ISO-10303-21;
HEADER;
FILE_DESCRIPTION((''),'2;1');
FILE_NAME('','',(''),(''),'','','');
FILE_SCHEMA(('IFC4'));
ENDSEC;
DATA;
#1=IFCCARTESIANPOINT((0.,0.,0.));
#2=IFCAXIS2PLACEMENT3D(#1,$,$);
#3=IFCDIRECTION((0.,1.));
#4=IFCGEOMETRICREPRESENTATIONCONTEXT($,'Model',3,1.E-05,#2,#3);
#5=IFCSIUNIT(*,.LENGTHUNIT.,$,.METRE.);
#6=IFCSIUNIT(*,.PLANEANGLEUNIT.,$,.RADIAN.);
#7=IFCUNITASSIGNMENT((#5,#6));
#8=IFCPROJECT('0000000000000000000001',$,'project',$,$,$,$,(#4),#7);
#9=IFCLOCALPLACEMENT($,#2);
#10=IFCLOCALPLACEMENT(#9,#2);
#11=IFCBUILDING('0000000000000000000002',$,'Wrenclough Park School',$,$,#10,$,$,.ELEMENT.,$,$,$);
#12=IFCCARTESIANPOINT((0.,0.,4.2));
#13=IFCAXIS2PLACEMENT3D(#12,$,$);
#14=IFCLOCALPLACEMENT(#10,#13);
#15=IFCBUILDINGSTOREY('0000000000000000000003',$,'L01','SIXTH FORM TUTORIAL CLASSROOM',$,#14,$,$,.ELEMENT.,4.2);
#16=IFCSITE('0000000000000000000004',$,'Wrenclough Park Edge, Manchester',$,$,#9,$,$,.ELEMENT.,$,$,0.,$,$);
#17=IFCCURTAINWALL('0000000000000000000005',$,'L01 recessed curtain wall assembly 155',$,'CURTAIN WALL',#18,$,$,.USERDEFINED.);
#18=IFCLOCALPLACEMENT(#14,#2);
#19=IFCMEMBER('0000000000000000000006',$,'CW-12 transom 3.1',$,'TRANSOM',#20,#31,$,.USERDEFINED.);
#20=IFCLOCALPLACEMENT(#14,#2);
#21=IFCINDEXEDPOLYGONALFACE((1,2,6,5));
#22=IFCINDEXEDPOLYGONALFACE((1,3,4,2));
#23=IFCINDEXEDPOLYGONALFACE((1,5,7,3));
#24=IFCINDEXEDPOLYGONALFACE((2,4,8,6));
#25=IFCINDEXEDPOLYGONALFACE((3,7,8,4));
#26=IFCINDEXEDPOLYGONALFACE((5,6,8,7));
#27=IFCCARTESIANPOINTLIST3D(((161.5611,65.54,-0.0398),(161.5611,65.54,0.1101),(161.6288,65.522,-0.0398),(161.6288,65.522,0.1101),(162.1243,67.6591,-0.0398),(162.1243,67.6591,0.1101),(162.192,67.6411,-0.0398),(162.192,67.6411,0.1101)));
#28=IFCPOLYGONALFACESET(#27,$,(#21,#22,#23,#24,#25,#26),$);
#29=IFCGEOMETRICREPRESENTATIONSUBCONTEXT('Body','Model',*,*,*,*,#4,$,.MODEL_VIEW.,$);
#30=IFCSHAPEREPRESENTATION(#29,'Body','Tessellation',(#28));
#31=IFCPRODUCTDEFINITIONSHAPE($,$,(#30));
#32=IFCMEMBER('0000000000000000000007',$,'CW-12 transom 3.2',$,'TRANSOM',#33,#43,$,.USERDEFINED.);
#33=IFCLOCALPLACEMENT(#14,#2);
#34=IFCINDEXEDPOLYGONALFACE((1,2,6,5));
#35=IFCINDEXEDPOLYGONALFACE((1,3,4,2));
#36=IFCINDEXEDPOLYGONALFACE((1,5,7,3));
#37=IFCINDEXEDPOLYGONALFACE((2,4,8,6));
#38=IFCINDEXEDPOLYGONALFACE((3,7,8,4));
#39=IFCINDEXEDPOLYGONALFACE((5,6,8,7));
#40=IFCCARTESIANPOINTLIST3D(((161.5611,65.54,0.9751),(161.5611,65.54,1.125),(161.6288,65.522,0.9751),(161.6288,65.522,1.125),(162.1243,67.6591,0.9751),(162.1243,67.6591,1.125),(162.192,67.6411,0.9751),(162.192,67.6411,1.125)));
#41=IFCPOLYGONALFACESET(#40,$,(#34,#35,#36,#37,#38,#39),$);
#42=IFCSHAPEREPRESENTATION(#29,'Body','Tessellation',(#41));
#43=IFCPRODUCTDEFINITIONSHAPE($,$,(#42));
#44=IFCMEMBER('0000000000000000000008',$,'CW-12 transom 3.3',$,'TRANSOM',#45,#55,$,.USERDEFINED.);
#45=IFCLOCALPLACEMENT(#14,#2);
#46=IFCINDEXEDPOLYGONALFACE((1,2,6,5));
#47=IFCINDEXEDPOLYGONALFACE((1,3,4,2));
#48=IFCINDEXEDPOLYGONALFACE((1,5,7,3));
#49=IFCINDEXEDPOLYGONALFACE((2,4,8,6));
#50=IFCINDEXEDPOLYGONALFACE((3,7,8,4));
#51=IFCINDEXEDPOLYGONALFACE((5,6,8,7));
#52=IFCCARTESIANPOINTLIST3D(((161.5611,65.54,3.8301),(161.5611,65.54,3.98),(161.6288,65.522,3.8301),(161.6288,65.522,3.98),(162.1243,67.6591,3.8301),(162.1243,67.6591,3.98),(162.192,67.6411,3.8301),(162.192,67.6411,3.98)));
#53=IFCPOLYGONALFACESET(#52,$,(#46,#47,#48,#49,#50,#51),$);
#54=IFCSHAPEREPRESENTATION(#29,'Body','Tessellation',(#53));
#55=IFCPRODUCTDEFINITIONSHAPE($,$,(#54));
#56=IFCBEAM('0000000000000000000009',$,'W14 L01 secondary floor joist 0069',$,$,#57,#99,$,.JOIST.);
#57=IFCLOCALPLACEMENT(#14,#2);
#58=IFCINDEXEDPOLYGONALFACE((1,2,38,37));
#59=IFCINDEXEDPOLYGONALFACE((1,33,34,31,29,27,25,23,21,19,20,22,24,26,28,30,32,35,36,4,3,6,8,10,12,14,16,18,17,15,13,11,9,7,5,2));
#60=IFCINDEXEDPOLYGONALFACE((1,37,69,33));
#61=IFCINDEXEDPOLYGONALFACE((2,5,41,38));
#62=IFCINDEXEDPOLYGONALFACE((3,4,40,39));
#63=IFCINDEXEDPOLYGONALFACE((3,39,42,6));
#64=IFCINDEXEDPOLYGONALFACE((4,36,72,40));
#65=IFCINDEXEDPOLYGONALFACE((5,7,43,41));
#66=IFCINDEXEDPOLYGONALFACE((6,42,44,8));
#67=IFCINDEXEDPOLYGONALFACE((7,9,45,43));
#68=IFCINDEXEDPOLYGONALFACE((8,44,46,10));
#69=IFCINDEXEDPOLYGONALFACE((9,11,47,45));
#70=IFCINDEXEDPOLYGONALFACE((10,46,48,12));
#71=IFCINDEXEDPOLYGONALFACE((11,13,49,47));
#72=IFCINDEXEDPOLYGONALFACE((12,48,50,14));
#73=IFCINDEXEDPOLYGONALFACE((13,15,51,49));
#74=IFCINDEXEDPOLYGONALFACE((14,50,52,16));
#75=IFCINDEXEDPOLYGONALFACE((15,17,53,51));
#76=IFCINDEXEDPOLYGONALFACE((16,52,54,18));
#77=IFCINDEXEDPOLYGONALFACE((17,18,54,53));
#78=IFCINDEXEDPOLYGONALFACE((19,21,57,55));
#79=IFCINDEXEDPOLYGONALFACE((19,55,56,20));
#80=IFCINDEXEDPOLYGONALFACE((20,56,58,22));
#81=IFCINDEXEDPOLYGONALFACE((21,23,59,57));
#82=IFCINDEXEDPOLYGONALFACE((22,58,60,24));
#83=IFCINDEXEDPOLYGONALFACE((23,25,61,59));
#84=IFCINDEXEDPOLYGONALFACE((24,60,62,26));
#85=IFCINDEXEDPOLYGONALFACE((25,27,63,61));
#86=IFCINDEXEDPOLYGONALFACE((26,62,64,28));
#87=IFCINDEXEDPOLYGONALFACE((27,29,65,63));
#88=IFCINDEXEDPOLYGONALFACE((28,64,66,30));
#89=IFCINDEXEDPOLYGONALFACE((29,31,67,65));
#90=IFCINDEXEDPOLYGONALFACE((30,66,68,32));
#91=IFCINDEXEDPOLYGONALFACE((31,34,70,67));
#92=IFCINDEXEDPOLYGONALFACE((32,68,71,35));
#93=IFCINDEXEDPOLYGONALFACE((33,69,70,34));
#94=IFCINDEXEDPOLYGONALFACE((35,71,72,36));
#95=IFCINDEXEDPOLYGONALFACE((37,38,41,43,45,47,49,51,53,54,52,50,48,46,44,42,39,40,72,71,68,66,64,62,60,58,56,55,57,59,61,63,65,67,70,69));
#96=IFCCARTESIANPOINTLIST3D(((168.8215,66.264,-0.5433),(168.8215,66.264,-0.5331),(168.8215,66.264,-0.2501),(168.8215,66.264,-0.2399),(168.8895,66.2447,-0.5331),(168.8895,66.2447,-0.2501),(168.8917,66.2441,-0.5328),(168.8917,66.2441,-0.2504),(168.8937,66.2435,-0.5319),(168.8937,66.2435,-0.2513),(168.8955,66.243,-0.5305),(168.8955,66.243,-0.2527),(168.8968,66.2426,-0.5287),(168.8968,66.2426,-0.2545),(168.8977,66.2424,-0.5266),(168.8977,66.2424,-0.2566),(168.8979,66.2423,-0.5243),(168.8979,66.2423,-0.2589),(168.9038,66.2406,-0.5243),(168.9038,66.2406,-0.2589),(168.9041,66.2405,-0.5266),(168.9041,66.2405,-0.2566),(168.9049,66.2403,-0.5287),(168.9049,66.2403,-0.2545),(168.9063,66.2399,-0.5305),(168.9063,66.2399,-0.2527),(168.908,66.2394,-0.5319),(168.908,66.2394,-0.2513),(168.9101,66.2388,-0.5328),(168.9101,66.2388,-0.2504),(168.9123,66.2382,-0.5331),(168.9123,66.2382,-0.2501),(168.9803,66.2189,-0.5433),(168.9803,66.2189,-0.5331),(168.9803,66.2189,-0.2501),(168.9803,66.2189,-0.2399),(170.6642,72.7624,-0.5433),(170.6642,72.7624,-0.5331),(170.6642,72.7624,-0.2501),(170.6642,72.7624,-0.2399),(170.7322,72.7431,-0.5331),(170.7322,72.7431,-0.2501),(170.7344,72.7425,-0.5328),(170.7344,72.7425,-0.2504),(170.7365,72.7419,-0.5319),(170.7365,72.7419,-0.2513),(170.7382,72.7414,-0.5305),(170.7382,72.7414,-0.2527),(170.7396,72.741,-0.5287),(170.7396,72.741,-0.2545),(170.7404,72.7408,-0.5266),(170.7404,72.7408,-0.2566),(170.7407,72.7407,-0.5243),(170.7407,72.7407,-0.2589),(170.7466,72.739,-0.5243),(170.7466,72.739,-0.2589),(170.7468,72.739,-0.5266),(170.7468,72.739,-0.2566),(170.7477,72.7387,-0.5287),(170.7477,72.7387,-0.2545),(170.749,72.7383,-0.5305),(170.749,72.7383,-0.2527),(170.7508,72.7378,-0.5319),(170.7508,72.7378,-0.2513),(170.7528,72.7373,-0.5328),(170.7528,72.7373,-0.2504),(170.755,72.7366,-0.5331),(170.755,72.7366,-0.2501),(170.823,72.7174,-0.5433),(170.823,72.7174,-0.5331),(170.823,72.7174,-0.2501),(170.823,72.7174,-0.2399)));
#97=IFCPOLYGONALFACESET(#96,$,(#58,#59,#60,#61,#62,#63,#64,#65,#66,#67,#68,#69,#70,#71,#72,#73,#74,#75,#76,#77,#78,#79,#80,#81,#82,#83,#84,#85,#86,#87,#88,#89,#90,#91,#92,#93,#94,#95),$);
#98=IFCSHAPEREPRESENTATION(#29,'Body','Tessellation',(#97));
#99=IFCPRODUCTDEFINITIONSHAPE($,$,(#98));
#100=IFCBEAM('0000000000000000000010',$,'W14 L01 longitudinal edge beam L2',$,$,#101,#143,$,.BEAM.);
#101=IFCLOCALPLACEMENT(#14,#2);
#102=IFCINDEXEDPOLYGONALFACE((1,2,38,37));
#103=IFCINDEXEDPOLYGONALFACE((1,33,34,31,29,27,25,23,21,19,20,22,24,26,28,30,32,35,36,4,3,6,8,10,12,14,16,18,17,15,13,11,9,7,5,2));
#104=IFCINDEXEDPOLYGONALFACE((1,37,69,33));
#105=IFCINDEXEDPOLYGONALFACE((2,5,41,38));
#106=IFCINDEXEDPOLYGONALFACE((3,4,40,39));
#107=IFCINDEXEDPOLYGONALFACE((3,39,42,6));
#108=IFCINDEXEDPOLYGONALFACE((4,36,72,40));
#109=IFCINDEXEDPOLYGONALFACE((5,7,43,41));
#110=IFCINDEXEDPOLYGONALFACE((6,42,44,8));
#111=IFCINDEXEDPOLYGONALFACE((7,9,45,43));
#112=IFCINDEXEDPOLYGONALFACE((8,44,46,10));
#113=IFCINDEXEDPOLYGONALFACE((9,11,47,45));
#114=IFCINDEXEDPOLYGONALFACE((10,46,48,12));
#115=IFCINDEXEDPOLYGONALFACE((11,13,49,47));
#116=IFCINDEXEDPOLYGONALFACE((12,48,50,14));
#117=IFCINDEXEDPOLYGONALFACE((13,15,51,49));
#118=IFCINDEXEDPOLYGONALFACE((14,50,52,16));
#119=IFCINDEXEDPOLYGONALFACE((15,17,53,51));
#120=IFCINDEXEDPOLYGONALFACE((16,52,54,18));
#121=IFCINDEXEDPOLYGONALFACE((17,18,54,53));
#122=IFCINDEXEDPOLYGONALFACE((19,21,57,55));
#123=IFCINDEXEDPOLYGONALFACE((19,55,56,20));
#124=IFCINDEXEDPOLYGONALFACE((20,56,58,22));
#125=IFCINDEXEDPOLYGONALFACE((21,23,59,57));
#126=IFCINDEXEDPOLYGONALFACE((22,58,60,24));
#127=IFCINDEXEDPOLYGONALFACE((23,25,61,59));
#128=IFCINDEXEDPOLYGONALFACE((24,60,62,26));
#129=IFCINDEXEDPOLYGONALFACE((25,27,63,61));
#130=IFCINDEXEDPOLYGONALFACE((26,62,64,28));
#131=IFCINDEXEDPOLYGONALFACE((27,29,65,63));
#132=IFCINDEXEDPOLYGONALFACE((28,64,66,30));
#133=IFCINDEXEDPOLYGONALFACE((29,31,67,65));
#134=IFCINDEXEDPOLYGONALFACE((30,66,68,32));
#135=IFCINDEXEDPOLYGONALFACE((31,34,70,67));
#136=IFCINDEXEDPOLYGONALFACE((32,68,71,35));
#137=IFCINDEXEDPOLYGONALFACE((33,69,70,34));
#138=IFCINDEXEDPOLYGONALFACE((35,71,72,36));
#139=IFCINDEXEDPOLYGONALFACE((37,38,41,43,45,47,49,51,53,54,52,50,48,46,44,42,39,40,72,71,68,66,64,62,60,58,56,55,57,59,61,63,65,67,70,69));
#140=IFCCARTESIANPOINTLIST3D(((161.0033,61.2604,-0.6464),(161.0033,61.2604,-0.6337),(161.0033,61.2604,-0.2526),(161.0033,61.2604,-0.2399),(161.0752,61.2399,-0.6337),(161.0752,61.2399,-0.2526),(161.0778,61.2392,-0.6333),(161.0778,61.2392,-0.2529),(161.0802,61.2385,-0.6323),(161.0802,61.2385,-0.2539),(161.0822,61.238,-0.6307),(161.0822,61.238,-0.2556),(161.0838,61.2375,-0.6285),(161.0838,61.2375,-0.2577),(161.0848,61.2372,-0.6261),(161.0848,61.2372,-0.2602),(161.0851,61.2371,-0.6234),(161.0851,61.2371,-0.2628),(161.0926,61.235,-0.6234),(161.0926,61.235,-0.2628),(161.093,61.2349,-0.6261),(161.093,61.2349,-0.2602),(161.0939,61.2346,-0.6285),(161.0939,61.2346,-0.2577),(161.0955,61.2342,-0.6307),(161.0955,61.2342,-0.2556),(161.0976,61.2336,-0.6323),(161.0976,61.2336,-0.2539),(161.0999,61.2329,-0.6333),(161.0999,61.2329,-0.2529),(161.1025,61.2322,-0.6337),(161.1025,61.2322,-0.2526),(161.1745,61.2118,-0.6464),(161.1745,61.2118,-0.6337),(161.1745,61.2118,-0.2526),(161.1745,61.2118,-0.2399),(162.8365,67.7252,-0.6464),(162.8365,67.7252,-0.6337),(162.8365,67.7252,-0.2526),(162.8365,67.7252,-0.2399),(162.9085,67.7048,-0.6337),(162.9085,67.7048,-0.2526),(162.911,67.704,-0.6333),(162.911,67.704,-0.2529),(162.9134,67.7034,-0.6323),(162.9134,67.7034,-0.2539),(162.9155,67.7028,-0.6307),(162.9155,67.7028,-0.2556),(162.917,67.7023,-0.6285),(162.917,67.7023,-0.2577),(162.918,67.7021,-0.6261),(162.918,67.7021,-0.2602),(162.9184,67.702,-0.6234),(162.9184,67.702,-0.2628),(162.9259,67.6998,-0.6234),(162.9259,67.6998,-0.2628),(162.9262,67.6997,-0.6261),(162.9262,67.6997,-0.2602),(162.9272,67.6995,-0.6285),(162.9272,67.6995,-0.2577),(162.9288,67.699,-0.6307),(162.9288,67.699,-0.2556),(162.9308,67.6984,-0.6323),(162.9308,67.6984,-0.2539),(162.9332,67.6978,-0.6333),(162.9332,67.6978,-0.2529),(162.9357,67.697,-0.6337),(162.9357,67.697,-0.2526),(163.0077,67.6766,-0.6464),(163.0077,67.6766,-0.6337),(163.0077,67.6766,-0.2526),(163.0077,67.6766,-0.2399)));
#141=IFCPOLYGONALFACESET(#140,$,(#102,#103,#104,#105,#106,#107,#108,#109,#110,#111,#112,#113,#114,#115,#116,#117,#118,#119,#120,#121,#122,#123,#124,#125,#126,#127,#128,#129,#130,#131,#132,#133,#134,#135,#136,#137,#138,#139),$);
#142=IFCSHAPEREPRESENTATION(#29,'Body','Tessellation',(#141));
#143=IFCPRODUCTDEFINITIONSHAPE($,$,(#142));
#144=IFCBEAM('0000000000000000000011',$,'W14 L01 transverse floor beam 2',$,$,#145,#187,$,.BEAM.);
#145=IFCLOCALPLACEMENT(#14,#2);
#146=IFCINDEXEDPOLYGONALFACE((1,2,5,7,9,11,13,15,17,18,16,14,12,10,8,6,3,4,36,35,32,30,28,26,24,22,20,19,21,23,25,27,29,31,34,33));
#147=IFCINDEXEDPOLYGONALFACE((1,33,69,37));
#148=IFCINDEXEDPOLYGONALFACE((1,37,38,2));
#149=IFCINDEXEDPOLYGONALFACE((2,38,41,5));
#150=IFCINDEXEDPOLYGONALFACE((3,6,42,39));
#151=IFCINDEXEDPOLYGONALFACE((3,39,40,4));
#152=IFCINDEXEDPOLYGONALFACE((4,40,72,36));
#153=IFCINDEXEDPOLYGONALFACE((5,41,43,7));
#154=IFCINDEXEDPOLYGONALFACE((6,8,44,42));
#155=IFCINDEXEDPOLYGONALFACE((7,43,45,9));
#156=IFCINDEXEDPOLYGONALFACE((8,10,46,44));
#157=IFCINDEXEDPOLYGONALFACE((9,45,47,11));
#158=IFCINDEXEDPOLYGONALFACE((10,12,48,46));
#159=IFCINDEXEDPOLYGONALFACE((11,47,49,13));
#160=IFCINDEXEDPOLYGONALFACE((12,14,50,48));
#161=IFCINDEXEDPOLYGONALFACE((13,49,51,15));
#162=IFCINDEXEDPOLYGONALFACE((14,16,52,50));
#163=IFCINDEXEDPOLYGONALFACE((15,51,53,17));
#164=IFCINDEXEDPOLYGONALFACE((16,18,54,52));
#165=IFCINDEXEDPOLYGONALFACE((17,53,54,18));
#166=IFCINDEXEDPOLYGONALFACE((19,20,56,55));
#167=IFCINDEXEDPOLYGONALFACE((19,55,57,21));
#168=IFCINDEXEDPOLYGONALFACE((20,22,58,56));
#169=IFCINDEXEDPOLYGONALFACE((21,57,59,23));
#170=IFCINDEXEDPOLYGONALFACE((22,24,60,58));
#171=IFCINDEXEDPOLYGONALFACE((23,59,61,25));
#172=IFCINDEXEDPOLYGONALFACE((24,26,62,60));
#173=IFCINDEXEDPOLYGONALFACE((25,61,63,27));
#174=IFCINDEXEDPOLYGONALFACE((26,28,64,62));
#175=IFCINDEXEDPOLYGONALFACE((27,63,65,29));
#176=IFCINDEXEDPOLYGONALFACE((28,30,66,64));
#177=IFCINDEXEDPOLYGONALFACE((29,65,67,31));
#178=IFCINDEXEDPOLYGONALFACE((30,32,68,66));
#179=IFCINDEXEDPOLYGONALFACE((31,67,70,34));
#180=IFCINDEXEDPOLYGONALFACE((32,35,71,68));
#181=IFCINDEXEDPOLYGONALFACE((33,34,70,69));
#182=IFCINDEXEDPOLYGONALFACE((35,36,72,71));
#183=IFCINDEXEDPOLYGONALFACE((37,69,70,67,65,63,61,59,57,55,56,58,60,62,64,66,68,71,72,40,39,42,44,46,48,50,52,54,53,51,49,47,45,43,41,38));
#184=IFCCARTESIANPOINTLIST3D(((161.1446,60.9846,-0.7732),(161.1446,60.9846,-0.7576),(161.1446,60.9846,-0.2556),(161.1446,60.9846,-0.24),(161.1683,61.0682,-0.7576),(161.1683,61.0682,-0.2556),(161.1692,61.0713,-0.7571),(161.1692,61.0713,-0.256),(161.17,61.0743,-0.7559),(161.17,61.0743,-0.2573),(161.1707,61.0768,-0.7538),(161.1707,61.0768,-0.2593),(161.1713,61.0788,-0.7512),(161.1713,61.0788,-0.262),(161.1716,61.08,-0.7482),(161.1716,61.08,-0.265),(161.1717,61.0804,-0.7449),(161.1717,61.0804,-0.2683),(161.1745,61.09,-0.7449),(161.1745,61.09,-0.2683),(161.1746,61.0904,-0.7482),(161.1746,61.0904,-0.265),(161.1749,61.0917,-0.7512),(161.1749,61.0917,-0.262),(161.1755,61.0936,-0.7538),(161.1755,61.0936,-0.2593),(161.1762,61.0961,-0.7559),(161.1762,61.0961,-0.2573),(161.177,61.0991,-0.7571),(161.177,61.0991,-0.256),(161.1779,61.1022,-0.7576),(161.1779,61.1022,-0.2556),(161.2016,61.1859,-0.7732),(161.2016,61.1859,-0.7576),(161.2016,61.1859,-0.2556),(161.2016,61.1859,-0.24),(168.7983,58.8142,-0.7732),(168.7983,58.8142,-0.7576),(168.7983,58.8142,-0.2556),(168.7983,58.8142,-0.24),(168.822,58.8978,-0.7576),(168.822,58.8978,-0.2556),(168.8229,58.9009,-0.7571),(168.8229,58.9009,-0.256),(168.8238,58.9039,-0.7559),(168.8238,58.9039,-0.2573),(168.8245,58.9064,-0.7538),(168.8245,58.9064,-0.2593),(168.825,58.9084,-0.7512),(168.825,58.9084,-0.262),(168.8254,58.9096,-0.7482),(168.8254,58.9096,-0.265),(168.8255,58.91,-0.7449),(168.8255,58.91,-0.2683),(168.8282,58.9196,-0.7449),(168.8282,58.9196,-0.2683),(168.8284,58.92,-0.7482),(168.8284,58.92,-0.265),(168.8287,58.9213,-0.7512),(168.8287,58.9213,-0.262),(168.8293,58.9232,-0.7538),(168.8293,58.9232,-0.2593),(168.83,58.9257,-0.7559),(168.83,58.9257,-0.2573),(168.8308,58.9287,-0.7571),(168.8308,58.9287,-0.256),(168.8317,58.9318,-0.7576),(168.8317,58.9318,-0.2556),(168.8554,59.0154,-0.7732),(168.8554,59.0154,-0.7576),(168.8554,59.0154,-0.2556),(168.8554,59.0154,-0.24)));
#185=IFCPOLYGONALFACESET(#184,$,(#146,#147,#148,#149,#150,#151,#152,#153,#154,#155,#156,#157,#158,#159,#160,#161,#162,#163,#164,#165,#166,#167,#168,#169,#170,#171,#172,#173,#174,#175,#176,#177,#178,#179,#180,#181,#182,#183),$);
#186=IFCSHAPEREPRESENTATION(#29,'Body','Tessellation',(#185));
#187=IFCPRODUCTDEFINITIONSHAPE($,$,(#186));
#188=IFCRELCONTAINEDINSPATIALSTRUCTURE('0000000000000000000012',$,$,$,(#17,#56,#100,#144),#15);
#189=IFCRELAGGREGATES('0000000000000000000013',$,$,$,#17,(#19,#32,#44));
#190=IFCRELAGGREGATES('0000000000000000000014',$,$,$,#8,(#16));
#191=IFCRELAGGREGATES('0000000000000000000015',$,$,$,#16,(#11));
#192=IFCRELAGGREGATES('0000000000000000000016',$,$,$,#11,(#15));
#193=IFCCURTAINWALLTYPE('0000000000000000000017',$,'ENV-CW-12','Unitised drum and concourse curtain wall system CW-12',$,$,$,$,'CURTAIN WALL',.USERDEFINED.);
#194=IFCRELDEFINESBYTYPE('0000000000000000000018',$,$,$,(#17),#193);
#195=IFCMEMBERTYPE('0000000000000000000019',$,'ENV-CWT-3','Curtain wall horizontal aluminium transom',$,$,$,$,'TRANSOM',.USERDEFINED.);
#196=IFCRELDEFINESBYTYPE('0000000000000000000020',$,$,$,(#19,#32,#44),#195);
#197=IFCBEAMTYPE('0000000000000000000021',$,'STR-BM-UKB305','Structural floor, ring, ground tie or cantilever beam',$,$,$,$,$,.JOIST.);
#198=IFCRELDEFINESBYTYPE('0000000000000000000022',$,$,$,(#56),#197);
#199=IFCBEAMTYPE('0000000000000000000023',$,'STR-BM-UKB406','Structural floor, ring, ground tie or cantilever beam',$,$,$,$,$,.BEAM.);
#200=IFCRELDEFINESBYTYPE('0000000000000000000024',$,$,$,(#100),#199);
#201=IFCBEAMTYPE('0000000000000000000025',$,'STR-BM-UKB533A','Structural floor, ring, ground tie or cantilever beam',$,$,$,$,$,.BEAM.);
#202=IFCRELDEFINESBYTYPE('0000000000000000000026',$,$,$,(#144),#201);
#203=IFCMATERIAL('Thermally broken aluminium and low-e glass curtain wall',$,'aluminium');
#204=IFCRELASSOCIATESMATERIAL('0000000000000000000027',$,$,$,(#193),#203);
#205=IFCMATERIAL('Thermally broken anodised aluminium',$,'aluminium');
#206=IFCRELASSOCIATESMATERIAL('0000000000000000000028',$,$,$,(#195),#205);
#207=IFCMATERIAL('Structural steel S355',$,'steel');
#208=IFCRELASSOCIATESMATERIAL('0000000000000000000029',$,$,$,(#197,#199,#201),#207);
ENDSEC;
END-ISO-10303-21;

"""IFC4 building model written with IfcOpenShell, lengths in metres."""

from ifc_helpers import new_model, si_unit, direction, frame, origin, origin_2d, place, context, subcontext, project, spatial, rectangle, i_section, extrude, material, material_profile, profile_set, type_object, element, aggregate, save


model = new_model("IFC4")

# Units and contexts
model_context = context("Model", 3, precision=1e-05, world=origin(), true_north=direction((0.0, 1.0)))
body_context = subcontext(model_context, "Body", "Model", "MODEL_VIEW")
ifc_project = project(units=[si_unit("LENGTHUNIT", "METRE"), si_unit("PLANEANGLEUNIT", "RADIAN")], contexts=[model_context])

# Site, building, storey
site_placement = place(None, origin())
site = spatial("IfcSite", under=ifc_project, at=site_placement, Name="Wrenclough Park Edge, Manchester", CompositionType="ELEMENT", RefElevation=0.0)
building_placement = place(site_placement, origin())
building = spatial("IfcBuilding", under=site, at=building_placement, Name="Wrenclough Park School", CompositionType="ELEMENT")
storey_placement = place(building_placement, frame((0.0, 0.0, 4.2)))
storey = spatial("IfcBuildingStorey", under=building, at=storey_placement, Name="L01", Description="SIXTH FORM TUTORIAL CLASSROOM", CompositionType="ELEMENT", Elevation=4.2)

# Shared definitions
ifc_material_1 = material(Name="Structural steel S355", Category="steel")

# Curtain wall
ifc_material_2 = material(Name="Thermally broken aluminium and low-e glass curtain wall", Category="aluminium")
ifc_material_3 = material(Name="Thermally broken anodised aluminium", Category="aluminium")
curtain_wall_type_1 = type_object("IfcCurtainWallType", Name="ENV-CW-12", Description="Unitised drum and concourse curtain wall system CW-12", ElementType="CURTAIN WALL", PredefinedType="USERDEFINED", material=ifc_material_2)
curtain_wall_1_placement = place(storey_placement, origin())
curtain_wall_1 = element("IfcCurtainWall", 1, at=curtain_wall_1_placement, inside=storey, type_object=curtain_wall_type_1, Name="L01 recessed curtain wall assembly 155", ObjectType="CURTAIN WALL", PredefinedType="USERDEFINED")

# Members
ifc_material_profile_1 = material_profile(ifc_material_3, rectangle(XDim=0.0701, YDim=0.1499, at=origin_2d()), Name="AL TRANSOM 70x150")
ifc_profile_set_1 = profile_set([ifc_material_profile_1], Name="Thermally broken anodised aluminium")
member_type_1 = type_object("IfcMemberType", Name="ENV-CWT-3", Description="Curtain wall horizontal aluminium transom", ElementType="TRANSOM", PredefinedType="USERDEFINED", material=ifc_profile_set_1)
member_1_placement = place(storey_placement, frame((161.595, 65.531, 0.0352), z_axis=(0.256866, 0.966447, 0.0), x_axis=(-0.966447, 0.256866, 0.0)))
member_1 = element("IfcMember", 2, at=member_1_placement, type_object=member_type_1, Name="CW-12 transom 3.1", ObjectType="TRANSOM", PredefinedType="USERDEFINED", context=body_context, shape_type="SweptSolid", body=[
    extrude(rectangle(XDim=0.0701, YDim=0.1499, at=origin_2d()), origin(), (0.0, 0.0, 1.0), 2.1926),
])
member_2_placement = place(storey_placement, frame((161.595, 65.531, 1.05), z_axis=(0.256866, 0.966447, 0.0), x_axis=(-0.966447, 0.256866, 0.0)))
member_2 = element("IfcMember", 3, at=member_2_placement, type_object=member_type_1, Name="CW-12 transom 3.2", ObjectType="TRANSOM", PredefinedType="USERDEFINED", context=body_context, shape_type="SweptSolid", body=[
    extrude(rectangle(XDim=0.0701, YDim=0.1499, at=origin_2d()), origin(), (0.0, 0.0, 1.0), 2.1926),
])
member_3_placement = place(storey_placement, frame((161.595, 65.531, 3.905), z_axis=(0.256866, 0.966447, 0.0), x_axis=(-0.966447, 0.256866, 0.0)))
member_3 = element("IfcMember", 4, at=member_3_placement, type_object=member_type_1, Name="CW-12 transom 3.3", ObjectType="TRANSOM", PredefinedType="USERDEFINED", context=body_context, shape_type="SweptSolid", body=[
    extrude(rectangle(XDim=0.0701, YDim=0.1499, at=origin_2d()), origin(), (0.0, 0.0, 1.0), 2.1926),
])

# Beams
ifc_material_profile_2 = material_profile(ifc_material_1, i_section(OverallWidth=0.165, OverallDepth=0.3035, WebThickness=0.0061, FlangeThickness=0.0103, FilletRadius=0.0088, at=origin_2d()), Name="UKB 305x165x40")
ifc_profile_set_2 = profile_set([ifc_material_profile_2], Name="Structural steel S355")
beam_type_1 = type_object("IfcBeamType", Name="STR-BM-UKB305", Description="Structural floor, ring, ground tie or cantilever beam", PredefinedType="JOIST", material=ifc_profile_set_2)
beam_1_placement = place(storey_placement, frame((168.9009, 66.2415, -0.3916), z_axis=(0.272811, 0.962068, 0.0), x_axis=(-0.962068, 0.272811, 0.0)))
element("IfcBeam", 5, at=beam_1_placement, inside=storey, type_object=beam_type_1, Name="W14 L01 secondary floor joist 0069", PredefinedType="JOIST", context=body_context, shape_type="SweptSolid", body=[
    extrude(i_section(OverallWidth=0.165, OverallDepth=0.3035, WebThickness=0.0061, FlangeThickness=0.0103, FilletRadius=0.0088, at=origin_2d()), origin(), (0.0, 0.0, 1.0), 6.7546),
])
ifc_material_profile_3 = material_profile(ifc_material_1, i_section(OverallWidth=0.178, OverallDepth=0.4065, WebThickness=0.0078, FlangeThickness=0.0127, FilletRadius=0.0103, at=origin_2d()), Name="UKB 406x178x60")
ifc_profile_set_3 = profile_set([ifc_material_profile_3], Name="Structural steel S355")
beam_type_2 = type_object("IfcBeamType", Name="STR-BM-UKB406", Description="Structural floor, ring, ground tie or cantilever beam", PredefinedType="BEAM", material=ifc_profile_set_3)
beam_2_placement = place(storey_placement, frame((161.0889, 61.2361, -0.4431), z_axis=(0.272816, 0.962066, 0.0), x_axis=(-0.962066, 0.272816, 0.0)))
element("IfcBeam", 6, at=beam_2_placement, inside=storey, type_object=beam_type_2, Name="W14 L01 longitudinal edge beam L2", PredefinedType="BEAM", context=body_context, shape_type="SweptSolid", body=[
    extrude(i_section(OverallWidth=0.178, OverallDepth=0.4065, WebThickness=0.0078, FlangeThickness=0.0127, FilletRadius=0.0103, at=origin_2d()), origin(), (0.0, 0.0, 1.0), 6.7197),
])
ifc_material_profile_4 = material_profile(ifc_material_1, i_section(OverallWidth=0.2092, OverallDepth=0.5332, WebThickness=0.01, FlangeThickness=0.0156, FilletRadius=0.0127, at=origin_2d()), Name="UKB 533x210x92")
ifc_profile_set_4 = profile_set([ifc_material_profile_4], Name="Structural steel S355")
beam_type_3 = type_object("IfcBeamType", Name="STR-BM-UKB533A", Description="Structural floor, ring, ground tie or cantilever beam", PredefinedType="BEAM", material=ifc_profile_set_4)
beam_3_placement = place(storey_placement, frame((161.1731, 61.0852, -0.5066), z_axis=(0.962066, -0.272816, 0.0), x_axis=(0.272816, 0.962066, 0.0)))
element("IfcBeam", 7, at=beam_3_placement, inside=storey, type_object=beam_type_3, Name="W14 L01 transverse floor beam 2", PredefinedType="BEAM", context=body_context, shape_type="SweptSolid", body=[
    extrude(i_section(OverallWidth=0.2092, OverallDepth=0.5332, WebThickness=0.01, FlangeThickness=0.0156, FilletRadius=0.0127, at=origin_2d()), origin(), (0.0, 0.0, 1.0), 7.9556),
])

aggregate(curtain_wall_1, [member_1, member_2, member_3])

save(model, "model.ifc")
